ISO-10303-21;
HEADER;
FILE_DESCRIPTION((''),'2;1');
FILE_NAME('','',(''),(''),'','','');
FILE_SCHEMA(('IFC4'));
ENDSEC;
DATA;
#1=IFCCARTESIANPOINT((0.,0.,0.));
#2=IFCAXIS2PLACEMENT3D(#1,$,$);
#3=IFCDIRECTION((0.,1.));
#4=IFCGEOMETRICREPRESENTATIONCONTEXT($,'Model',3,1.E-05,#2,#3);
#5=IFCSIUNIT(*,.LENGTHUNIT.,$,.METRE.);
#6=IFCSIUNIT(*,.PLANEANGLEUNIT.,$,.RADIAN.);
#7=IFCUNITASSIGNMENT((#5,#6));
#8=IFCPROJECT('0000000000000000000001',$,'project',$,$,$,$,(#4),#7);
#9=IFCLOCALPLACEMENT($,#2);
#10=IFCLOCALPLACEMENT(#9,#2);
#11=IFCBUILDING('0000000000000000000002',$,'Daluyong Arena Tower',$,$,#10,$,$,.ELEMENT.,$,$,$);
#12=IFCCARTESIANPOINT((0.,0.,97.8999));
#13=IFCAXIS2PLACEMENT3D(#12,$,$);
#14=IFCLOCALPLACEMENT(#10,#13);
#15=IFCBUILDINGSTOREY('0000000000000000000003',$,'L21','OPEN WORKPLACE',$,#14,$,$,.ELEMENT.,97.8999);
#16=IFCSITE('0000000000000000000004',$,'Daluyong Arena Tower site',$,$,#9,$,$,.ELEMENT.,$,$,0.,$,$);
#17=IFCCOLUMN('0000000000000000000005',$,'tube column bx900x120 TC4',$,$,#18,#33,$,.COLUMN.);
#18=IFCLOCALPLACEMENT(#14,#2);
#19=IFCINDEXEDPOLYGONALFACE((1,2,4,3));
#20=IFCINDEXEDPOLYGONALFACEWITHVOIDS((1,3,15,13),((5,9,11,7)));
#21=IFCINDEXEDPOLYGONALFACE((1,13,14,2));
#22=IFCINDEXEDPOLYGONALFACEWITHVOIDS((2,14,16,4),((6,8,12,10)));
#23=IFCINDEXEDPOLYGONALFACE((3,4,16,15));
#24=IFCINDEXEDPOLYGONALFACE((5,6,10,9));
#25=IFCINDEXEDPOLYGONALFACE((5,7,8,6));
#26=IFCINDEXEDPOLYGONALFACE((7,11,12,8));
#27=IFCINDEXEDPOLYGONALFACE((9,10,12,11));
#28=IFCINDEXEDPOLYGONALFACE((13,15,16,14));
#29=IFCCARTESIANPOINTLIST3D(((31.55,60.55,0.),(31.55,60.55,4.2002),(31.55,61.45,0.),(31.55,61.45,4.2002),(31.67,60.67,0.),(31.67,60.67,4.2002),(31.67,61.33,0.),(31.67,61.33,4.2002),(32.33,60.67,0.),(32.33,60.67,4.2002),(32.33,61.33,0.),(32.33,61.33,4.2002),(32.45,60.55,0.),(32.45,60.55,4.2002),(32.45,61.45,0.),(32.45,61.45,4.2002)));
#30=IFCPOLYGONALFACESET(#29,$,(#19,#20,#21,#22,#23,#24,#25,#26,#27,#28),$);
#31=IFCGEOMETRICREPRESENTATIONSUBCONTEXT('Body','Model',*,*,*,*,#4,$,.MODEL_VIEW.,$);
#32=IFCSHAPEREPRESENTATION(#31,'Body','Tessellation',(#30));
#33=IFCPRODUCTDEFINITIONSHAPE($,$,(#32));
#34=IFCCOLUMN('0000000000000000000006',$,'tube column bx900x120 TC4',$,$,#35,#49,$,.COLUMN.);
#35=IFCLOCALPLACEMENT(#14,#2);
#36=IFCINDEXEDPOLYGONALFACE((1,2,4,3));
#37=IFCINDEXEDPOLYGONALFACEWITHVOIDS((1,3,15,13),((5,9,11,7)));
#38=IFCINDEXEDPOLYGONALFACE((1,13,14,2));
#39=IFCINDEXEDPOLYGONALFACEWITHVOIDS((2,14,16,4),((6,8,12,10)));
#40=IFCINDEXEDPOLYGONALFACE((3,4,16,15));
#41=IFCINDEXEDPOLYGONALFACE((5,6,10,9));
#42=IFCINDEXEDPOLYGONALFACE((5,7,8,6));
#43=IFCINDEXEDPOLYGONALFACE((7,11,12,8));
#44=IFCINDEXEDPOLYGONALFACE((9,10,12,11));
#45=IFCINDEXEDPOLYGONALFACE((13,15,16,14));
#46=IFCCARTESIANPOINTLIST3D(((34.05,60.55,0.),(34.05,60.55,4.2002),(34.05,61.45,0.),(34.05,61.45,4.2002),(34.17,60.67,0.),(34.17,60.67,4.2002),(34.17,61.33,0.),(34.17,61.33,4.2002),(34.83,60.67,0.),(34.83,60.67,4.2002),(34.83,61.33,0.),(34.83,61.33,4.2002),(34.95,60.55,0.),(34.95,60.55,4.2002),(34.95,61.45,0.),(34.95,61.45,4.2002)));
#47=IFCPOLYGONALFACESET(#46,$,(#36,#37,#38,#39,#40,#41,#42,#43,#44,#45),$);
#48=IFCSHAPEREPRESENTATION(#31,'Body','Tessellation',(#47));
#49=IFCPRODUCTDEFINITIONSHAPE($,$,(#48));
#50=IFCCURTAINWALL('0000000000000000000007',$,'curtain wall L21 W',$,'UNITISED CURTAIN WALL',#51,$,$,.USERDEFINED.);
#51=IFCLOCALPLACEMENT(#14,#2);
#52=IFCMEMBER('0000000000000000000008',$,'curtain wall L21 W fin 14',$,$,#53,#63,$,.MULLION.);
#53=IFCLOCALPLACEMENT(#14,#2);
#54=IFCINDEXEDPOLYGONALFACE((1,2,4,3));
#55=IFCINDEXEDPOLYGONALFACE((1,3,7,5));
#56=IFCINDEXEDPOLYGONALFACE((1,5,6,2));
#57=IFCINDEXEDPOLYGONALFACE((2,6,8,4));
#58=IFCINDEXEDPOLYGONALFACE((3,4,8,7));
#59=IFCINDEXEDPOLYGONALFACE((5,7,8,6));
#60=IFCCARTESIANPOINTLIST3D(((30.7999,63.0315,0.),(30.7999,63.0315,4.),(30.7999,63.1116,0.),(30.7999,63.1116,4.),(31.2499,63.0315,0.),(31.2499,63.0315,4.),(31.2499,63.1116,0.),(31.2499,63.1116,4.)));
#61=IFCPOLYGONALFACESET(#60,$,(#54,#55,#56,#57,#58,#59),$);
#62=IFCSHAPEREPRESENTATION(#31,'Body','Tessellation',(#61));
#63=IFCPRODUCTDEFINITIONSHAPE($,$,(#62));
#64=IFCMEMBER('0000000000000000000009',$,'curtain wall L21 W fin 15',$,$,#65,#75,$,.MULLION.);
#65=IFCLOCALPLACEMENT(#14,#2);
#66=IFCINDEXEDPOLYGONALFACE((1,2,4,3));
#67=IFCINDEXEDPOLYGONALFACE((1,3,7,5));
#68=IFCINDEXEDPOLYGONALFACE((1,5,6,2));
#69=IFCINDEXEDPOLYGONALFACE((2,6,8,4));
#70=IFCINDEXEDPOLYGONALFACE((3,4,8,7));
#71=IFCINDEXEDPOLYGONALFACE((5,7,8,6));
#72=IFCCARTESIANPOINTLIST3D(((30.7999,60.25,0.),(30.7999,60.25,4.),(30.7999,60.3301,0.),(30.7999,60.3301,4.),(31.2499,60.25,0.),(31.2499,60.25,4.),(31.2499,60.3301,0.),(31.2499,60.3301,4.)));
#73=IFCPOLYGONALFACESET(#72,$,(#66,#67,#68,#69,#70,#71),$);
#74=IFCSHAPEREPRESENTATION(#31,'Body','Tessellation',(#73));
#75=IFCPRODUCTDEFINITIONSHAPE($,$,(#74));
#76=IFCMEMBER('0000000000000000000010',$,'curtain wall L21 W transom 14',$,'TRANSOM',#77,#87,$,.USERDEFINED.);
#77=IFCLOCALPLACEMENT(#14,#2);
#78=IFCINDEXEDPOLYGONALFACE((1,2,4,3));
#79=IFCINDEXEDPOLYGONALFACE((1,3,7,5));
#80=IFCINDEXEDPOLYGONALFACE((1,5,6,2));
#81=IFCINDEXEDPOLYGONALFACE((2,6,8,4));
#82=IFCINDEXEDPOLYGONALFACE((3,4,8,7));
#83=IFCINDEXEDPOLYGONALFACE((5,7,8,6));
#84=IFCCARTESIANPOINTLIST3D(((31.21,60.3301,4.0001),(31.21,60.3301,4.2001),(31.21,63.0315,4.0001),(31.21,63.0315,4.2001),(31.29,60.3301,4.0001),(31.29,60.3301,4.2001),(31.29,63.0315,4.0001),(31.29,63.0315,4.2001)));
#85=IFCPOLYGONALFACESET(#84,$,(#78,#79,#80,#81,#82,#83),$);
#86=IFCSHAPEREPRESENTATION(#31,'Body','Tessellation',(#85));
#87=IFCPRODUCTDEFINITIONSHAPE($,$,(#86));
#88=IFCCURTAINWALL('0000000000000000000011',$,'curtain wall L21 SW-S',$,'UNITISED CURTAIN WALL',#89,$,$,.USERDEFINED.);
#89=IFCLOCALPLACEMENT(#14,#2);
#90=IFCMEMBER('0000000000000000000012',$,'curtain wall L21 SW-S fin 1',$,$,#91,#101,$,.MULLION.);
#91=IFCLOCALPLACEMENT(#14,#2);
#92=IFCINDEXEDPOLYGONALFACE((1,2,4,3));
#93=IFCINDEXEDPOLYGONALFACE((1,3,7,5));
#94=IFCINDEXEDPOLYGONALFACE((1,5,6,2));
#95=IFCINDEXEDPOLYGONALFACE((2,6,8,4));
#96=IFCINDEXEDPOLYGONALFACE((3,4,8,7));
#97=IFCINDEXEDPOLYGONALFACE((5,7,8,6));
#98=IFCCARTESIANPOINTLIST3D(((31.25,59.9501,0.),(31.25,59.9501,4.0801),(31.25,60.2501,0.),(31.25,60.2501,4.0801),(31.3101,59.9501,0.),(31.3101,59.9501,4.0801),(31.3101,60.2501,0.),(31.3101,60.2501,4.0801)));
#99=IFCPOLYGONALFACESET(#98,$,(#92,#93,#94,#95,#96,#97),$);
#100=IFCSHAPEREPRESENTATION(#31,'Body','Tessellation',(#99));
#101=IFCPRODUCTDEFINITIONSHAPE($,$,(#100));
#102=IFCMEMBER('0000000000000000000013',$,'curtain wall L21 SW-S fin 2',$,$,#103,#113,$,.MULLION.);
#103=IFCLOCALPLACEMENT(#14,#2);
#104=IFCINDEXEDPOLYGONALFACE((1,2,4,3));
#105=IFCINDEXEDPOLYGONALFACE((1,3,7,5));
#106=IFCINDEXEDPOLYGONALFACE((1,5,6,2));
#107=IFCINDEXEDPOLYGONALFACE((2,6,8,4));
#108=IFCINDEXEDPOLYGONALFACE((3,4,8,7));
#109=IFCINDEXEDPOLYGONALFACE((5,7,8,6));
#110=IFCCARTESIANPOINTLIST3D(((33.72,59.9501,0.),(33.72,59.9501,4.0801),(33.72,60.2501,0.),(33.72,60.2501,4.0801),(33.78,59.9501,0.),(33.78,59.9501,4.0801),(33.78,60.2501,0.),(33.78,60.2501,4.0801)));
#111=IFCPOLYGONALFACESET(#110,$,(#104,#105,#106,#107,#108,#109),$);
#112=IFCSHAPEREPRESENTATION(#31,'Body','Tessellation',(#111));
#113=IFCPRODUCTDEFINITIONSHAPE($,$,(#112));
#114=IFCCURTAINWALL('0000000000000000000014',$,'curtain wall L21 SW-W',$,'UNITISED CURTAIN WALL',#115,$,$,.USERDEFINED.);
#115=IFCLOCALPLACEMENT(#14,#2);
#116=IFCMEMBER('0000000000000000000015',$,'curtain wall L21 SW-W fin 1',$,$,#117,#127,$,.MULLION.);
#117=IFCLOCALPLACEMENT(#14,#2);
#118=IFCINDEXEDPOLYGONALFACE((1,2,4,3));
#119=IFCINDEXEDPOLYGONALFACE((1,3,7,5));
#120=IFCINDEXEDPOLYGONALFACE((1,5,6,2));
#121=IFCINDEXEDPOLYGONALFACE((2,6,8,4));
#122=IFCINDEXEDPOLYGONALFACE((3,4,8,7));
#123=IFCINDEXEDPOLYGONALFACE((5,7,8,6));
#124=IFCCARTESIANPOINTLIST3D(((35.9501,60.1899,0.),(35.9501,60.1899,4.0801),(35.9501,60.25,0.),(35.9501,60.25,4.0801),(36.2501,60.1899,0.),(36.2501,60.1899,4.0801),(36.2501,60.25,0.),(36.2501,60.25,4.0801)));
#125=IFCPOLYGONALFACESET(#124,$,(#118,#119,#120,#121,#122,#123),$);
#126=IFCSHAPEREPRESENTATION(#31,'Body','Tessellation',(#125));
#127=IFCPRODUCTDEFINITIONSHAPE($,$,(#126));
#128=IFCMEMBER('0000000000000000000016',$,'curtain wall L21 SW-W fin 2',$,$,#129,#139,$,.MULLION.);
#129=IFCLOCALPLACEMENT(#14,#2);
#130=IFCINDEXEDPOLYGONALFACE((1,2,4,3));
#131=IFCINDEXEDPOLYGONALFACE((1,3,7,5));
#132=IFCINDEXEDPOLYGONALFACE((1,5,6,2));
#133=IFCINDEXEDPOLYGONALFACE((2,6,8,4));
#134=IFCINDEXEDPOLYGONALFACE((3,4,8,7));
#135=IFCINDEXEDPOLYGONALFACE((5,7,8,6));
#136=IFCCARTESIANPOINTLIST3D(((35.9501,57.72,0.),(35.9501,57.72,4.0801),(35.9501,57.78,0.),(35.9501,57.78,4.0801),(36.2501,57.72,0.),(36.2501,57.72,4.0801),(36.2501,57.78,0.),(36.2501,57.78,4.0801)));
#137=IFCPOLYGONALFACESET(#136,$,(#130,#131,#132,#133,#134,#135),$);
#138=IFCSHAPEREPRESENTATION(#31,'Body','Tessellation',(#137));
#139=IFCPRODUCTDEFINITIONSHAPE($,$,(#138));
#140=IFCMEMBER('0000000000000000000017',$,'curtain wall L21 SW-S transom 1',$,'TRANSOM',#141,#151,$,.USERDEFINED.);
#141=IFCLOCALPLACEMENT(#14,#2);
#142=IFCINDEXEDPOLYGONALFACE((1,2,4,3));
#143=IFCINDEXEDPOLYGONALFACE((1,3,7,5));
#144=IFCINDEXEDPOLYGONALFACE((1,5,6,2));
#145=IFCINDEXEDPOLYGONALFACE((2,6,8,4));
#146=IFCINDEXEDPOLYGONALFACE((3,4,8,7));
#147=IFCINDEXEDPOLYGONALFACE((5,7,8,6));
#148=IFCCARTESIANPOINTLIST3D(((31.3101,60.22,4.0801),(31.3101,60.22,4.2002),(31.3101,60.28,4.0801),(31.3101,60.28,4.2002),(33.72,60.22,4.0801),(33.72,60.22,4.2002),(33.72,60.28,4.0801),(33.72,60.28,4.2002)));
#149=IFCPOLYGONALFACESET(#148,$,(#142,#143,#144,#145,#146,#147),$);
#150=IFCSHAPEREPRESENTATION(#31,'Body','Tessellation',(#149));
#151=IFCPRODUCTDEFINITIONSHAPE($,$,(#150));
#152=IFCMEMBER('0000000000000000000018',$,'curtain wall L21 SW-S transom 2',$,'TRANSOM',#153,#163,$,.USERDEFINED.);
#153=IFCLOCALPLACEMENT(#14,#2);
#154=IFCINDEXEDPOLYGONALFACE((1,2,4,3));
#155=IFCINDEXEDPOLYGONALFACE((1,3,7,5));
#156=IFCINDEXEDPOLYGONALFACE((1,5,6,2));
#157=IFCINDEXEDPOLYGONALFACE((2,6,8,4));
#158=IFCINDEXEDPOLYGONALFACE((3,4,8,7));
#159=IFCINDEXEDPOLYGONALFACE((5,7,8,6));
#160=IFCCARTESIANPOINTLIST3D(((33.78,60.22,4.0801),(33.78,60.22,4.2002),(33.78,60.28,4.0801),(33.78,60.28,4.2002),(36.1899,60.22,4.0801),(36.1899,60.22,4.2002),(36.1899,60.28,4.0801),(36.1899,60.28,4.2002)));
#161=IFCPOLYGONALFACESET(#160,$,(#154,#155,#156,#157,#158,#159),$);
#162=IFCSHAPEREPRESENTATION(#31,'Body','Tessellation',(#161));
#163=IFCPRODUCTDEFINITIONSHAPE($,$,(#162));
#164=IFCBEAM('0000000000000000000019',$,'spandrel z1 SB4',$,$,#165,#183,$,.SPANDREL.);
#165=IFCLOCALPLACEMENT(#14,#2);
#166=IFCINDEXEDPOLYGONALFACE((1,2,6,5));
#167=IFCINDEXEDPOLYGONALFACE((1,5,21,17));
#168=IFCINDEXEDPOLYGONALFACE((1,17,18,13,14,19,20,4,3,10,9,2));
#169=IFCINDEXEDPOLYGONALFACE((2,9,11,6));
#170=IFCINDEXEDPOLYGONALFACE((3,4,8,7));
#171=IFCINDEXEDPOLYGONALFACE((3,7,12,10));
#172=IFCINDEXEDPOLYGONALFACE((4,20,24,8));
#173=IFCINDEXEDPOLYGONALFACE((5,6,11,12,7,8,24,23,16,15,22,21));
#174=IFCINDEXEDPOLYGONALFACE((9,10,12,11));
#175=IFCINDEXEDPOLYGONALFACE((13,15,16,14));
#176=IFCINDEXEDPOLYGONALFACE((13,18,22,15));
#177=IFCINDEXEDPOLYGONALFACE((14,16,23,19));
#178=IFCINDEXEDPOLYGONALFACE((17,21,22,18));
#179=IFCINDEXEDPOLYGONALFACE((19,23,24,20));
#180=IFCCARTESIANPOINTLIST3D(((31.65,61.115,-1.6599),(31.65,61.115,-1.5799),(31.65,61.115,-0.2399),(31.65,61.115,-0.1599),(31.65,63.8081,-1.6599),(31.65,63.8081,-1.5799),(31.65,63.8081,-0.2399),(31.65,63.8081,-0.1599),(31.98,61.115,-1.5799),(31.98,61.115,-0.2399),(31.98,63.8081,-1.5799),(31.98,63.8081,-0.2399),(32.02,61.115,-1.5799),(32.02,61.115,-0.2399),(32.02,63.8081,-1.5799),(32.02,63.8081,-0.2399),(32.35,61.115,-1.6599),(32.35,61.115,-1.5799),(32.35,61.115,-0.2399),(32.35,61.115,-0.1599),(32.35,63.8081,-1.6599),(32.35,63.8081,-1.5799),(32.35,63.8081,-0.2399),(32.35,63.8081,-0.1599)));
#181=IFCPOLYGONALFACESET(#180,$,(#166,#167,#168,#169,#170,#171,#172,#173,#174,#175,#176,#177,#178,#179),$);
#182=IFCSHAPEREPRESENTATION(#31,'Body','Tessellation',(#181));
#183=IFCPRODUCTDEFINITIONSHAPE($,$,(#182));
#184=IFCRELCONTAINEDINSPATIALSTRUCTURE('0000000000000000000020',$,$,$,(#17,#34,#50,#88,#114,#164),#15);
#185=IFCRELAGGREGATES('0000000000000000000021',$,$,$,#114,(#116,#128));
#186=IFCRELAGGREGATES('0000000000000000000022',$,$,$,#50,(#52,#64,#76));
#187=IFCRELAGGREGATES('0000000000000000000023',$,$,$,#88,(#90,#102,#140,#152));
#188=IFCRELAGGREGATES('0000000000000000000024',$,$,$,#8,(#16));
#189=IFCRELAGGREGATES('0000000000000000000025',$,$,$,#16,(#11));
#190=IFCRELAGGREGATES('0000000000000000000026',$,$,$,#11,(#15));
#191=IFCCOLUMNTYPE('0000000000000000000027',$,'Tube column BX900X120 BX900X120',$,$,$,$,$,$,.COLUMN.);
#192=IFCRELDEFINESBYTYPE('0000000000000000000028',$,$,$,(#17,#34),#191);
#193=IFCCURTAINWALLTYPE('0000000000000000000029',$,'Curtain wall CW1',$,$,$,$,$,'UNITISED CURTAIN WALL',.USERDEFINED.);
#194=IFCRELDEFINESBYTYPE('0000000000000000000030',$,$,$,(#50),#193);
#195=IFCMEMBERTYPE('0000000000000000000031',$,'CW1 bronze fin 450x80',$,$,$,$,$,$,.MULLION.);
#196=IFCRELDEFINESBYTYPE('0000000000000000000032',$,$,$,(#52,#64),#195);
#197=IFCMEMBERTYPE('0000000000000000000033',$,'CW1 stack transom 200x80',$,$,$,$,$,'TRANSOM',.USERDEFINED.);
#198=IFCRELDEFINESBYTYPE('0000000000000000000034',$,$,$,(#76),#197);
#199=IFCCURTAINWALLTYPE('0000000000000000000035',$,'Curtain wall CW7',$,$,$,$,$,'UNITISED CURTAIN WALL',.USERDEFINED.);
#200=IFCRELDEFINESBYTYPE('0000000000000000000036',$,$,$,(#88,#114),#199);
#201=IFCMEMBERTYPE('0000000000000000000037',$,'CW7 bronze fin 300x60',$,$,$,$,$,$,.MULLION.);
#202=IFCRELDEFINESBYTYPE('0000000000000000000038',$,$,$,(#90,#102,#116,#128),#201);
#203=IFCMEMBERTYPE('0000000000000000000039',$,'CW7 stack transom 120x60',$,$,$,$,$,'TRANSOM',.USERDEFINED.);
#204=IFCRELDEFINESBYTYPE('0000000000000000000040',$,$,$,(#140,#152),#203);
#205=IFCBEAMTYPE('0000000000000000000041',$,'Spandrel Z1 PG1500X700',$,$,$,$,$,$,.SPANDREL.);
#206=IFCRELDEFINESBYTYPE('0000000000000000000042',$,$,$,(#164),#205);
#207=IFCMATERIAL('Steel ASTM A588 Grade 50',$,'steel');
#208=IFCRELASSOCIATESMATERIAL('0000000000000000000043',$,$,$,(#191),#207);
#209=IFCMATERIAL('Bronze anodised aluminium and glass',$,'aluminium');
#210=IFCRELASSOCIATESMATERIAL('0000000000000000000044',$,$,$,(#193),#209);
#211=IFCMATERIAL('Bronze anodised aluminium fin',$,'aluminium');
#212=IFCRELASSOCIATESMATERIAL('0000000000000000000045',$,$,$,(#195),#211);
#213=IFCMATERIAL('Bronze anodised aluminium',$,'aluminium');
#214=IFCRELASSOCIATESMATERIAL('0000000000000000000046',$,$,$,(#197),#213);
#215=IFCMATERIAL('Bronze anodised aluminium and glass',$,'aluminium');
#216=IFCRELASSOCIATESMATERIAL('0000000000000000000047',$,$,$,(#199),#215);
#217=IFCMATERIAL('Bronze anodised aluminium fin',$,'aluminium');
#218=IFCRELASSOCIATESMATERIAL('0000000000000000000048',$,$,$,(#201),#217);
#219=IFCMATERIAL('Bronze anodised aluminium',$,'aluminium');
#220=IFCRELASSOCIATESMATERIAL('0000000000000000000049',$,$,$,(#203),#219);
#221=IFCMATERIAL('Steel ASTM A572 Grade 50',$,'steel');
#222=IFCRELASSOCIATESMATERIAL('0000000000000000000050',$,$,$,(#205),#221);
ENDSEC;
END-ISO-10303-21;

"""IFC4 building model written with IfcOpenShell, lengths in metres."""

from ifc_helpers import new_model, si_unit, direction, frame, origin, origin_2d, place, context, subcontext, project, spatial, rectangle, hollow_rectangle, i_section, extrude, material, material_profile, profile_set, type_object, element, aggregate, save


model = new_model("IFC4")

# Units and contexts
model_context = context("Model", 3, precision=1e-05, world=origin(), true_north=direction((0.0, 1.0)))
body_context = subcontext(model_context, "Body", "Model", "MODEL_VIEW")
ifc_project = project(units=[si_unit("LENGTHUNIT", "METRE"), si_unit("PLANEANGLEUNIT", "RADIAN")], contexts=[model_context])

# Site, building, storey
site_placement = place(None, origin())
site = spatial("IfcSite", under=ifc_project, at=site_placement, Name="Daluyong Arena Tower site", CompositionType="ELEMENT", RefElevation=0.0)
building_placement = place(site_placement, origin())
building = spatial("IfcBuilding", under=site, at=building_placement, Name="Daluyong Arena Tower", CompositionType="ELEMENT")
storey_placement = place(building_placement, frame((0.0, 0.0, 97.8999)))
storey = spatial("IfcBuildingStorey", under=building, at=storey_placement, Name="L21", Description="OPEN WORKPLACE", CompositionType="ELEMENT", Elevation=97.8999)

# Columns
ifc_material_1 = material(Name="Steel ASTM A588 Grade 50", Category="steel")
ifc_material_profile_1 = material_profile(ifc_material_1, hollow_rectangle(XDim=0.8999, YDim=0.8999, WallThickness=0.12, at=origin_2d()))
ifc_profile_set_1 = profile_set([ifc_material_profile_1], Name="Steel ASTM A588 Grade 50")
column_type = type_object("IfcColumnType", Name="Tube column BX900X120 BX900X120", PredefinedType="COLUMN", material=ifc_profile_set_1)
for number, where, z_axis, x_axis, name in (
    (1, (32.0, 61.0, 0.0), (0.0, 0.0, 1.0), (1.0, 0.0, 0.0), "tube column bx900x120 TC4"),
    (2, (34.5, 61.0, 0.0), (0.0, 0.0, 1.0), (1.0, 0.0, 0.0), "tube column bx900x120 TC4"),
):
    element("IfcColumn", number, at=place(storey_placement, frame(where, z_axis=z_axis, x_axis=x_axis)), inside=storey, type_object=column_type, Name=name, PredefinedType="COLUMN", context=body_context, shape_type="SweptSolid", body=[
        extrude(hollow_rectangle(XDim=0.8999, YDim=0.8999, WallThickness=0.12, at=origin_2d()), origin(), (0.0, 0.0, 1.0), 4.2002),
    ])

# Curtain walls, members
ifc_material_2 = material(Name="Bronze anodised aluminium and glass", Category="aluminium")
curtain_wall_type_1 = type_object("IfcCurtainWallType", Name="Curtain wall CW1", ElementType="UNITISED CURTAIN WALL", PredefinedType="USERDEFINED", material=ifc_material_2)
curtain_wall_1_placement = place(storey_placement, origin())
curtain_wall_1 = element("IfcCurtainWall", 3, at=curtain_wall_1_placement, inside=storey, type_object=curtain_wall_type_1, Name="curtain wall L21 W", ObjectType="UNITISED CURTAIN WALL", PredefinedType="USERDEFINED")
ifc_material_3 = material(Name="Bronze anodised aluminium fin", Category="aluminium")
ifc_material_profile_2 = material_profile(ifc_material_3, rectangle(XDim=0.45, YDim=0.0801, at=origin_2d()))
ifc_profile_set_2 = profile_set([ifc_material_profile_2], Name="Bronze anodised aluminium fin")
member_type_1 = type_object("IfcMemberType", Name="CW1 bronze fin 450x80", PredefinedType="MULLION", material=ifc_profile_set_2)
member_1_placement = place(storey_placement, frame((31.0249, 63.0715, 0.0), z_axis=(0.0, 0.0, 1.0), x_axis=(1.0, 0.0, 0.0)))
member_1 = element("IfcMember", 4, at=member_1_placement, type_object=member_type_1, Name="curtain wall L21 W fin 14", PredefinedType="MULLION", context=body_context, shape_type="SweptSolid", body=[
    extrude(rectangle(XDim=0.45, YDim=0.0801, at=origin_2d()), origin(), (0.0, 0.0, 1.0), 4.0),
])
member_2_placement = place(storey_placement, frame((31.0249, 60.29, 0.0), z_axis=(0.0, 0.0, 1.0), x_axis=(1.0, 0.0, 0.0)))
member_2 = element("IfcMember", 5, at=member_2_placement, type_object=member_type_1, Name="curtain wall L21 W fin 15", PredefinedType="MULLION", context=body_context, shape_type="SweptSolid", body=[
    extrude(rectangle(XDim=0.45, YDim=0.0801, at=origin_2d()), origin(), (0.0, 0.0, 1.0), 4.0),
])
ifc_material_4 = material(Name="Bronze anodised aluminium", Category="aluminium")
ifc_material_profile_3 = material_profile(ifc_material_4, rectangle(XDim=0.0801, YDim=0.2, at=origin_2d()))
ifc_profile_set_3 = profile_set([ifc_material_profile_3], Name="Bronze anodised aluminium")
member_type_2 = type_object("IfcMemberType", Name="CW1 stack transom 200x80", ElementType="TRANSOM", PredefinedType="USERDEFINED", material=ifc_profile_set_3)
member_3_placement = place(storey_placement, frame((31.25, 63.0315, 4.1001), z_axis=(0.0, -1.0, 0.0), x_axis=(1.0, 0.0, 0.0)))
member_3 = element("IfcMember", 6, at=member_3_placement, type_object=member_type_2, Name="curtain wall L21 W transom 14", ObjectType="TRANSOM", PredefinedType="USERDEFINED", context=body_context, shape_type="SweptSolid", body=[
    extrude(rectangle(XDim=0.0801, YDim=0.2, at=origin_2d()), origin(), (0.0, 0.0, 1.0), 2.7014),
])
ifc_material_5 = material(Name="Bronze anodised aluminium and glass", Category="aluminium")
curtain_wall_type_2 = type_object("IfcCurtainWallType", Name="Curtain wall CW7", ElementType="UNITISED CURTAIN WALL", PredefinedType="USERDEFINED", material=ifc_material_5)
curtain_wall_2_placement = place(storey_placement, origin())
curtain_wall_2 = element("IfcCurtainWall", 7, at=curtain_wall_2_placement, inside=storey, type_object=curtain_wall_type_2, Name="curtain wall L21 SW-S", ObjectType="UNITISED CURTAIN WALL", PredefinedType="USERDEFINED")
ifc_material_6 = material(Name="Bronze anodised aluminium fin", Category="aluminium")
ifc_material_profile_4 = material_profile(ifc_material_6, rectangle(XDim=0.3, YDim=0.0601, at=origin_2d()))
ifc_profile_set_4 = profile_set([ifc_material_profile_4], Name="Bronze anodised aluminium fin")
member_type_3 = type_object("IfcMemberType", Name="CW7 bronze fin 300x60", PredefinedType="MULLION", material=ifc_profile_set_4)
member_4_placement = place(storey_placement, frame((31.28, 60.1001, 0.0), z_axis=(0.0, 0.0, 1.0), x_axis=(0.0, 1.0, 0.0)))
member_4 = element("IfcMember", 8, at=member_4_placement, type_object=member_type_3, Name="curtain wall L21 SW-S fin 1", PredefinedType="MULLION", context=body_context, shape_type="SweptSolid", body=[
    extrude(rectangle(XDim=0.3, YDim=0.0601, at=origin_2d()), origin(), (0.0, 0.0, 1.0), 4.0801),
])
member_5_placement = place(storey_placement, frame((33.75, 60.1001, 0.0), z_axis=(0.0, 0.0, 1.0), x_axis=(0.0, 1.0, 0.0)))
member_5 = element("IfcMember", 9, at=member_5_placement, type_object=member_type_3, Name="curtain wall L21 SW-S fin 2", PredefinedType="MULLION", context=body_context, shape_type="SweptSolid", body=[
    extrude(rectangle(XDim=0.3, YDim=0.0601, at=origin_2d()), origin(), (0.0, 0.0, 1.0), 4.0801),
])
curtain_wall_3_placement = place(storey_placement, origin())
curtain_wall_3 = element("IfcCurtainWall", 10, at=curtain_wall_3_placement, inside=storey, type_object=curtain_wall_type_2, Name="curtain wall L21 SW-W", ObjectType="UNITISED CURTAIN WALL", PredefinedType="USERDEFINED")
member_6_placement = place(storey_placement, frame((36.1001, 60.22, 0.0), z_axis=(0.0, 0.0, 1.0), x_axis=(1.0, 0.0, 0.0)))
member_6 = element("IfcMember", 11, at=member_6_placement, type_object=member_type_3, Name="curtain wall L21 SW-W fin 1", PredefinedType="MULLION", context=body_context, shape_type="SweptSolid", body=[
    extrude(rectangle(XDim=0.3, YDim=0.0601, at=origin_2d()), origin(), (0.0, 0.0, 1.0), 4.0801),
])
member_7_placement = place(storey_placement, frame((36.1001, 57.75, 0.0), z_axis=(0.0, 0.0, 1.0), x_axis=(1.0, 0.0, 0.0)))
member_7 = element("IfcMember", 12, at=member_7_placement, type_object=member_type_3, Name="curtain wall L21 SW-W fin 2", PredefinedType="MULLION", context=body_context, shape_type="SweptSolid", body=[
    extrude(rectangle(XDim=0.3, YDim=0.0601, at=origin_2d()), origin(), (0.0, 0.0, 1.0), 4.0801),
])
aggregate(curtain_wall_3, [member_6, member_7])

# Members
ifc_material_7 = material(Name="Bronze anodised aluminium", Category="aluminium")
ifc_material_profile_5 = material_profile(ifc_material_7, rectangle(XDim=0.0601, YDim=0.1201, at=origin_2d()))
ifc_profile_set_5 = profile_set([ifc_material_profile_5], Name="Bronze anodised aluminium")
member_type_4 = type_object("IfcMemberType", Name="CW7 stack transom 120x60", ElementType="TRANSOM", PredefinedType="USERDEFINED", material=ifc_profile_set_5)
member_8_placement = place(storey_placement, frame((31.3101, 60.25, 4.1401), z_axis=(1.0, 0.0, 0.0), x_axis=(0.0, 1.0, 0.0)))
member_8 = element("IfcMember", 13, at=member_8_placement, type_object=member_type_4, Name="curtain wall L21 SW-S transom 1", ObjectType="TRANSOM", PredefinedType="USERDEFINED", context=body_context, shape_type="SweptSolid", body=[
    extrude(rectangle(XDim=0.0601, YDim=0.1201, at=origin_2d()), origin(), (0.0, 0.0, 1.0), 2.4099),
])
member_9_placement = place(storey_placement, frame((33.78, 60.25, 4.1401), z_axis=(1.0, 0.0, 0.0), x_axis=(0.0, 1.0, 0.0)))
member_9 = element("IfcMember", 14, at=member_9_placement, type_object=member_type_4, Name="curtain wall L21 SW-S transom 2", ObjectType="TRANSOM", PredefinedType="USERDEFINED", context=body_context, shape_type="SweptSolid", body=[
    extrude(rectangle(XDim=0.0601, YDim=0.1201, at=origin_2d()), origin(), (0.0, 0.0, 1.0), 2.4099),
])

# Beam
ifc_material_8 = material(Name="Steel ASTM A572 Grade 50", Category="steel")
ifc_material_profile_6 = material_profile(ifc_material_8, i_section(OverallWidth=0.7, OverallDepth=1.5, WebThickness=0.04, FlangeThickness=0.08, at=origin_2d()))
ifc_profile_set_6 = profile_set([ifc_material_profile_6], Name="Steel ASTM A572 Grade 50")
beam_type = type_object("IfcBeamType", Name="Spandrel Z1 PG1500X700", PredefinedType="SPANDREL", material=ifc_profile_set_6)
beam_placement = place(storey_placement, frame((32.0, 63.8081, -0.9099), z_axis=(0.0, -1.0, 0.0), x_axis=(1.0, 0.0, 0.0)))
element("IfcBeam", 15, at=beam_placement, inside=storey, type_object=beam_type, Name="spandrel z1 SB4", PredefinedType="SPANDREL", context=body_context, shape_type="SweptSolid", body=[
    extrude(i_section(OverallWidth=0.7, OverallDepth=1.5, WebThickness=0.04, FlangeThickness=0.08, at=origin_2d()), origin(), (0.0, 0.0, 1.0), 2.6931),
])

aggregate(curtain_wall_1, [member_1, member_2, member_3])
aggregate(curtain_wall_2, [member_4, member_5, member_8, member_9])

save(model, "model.ifc")
